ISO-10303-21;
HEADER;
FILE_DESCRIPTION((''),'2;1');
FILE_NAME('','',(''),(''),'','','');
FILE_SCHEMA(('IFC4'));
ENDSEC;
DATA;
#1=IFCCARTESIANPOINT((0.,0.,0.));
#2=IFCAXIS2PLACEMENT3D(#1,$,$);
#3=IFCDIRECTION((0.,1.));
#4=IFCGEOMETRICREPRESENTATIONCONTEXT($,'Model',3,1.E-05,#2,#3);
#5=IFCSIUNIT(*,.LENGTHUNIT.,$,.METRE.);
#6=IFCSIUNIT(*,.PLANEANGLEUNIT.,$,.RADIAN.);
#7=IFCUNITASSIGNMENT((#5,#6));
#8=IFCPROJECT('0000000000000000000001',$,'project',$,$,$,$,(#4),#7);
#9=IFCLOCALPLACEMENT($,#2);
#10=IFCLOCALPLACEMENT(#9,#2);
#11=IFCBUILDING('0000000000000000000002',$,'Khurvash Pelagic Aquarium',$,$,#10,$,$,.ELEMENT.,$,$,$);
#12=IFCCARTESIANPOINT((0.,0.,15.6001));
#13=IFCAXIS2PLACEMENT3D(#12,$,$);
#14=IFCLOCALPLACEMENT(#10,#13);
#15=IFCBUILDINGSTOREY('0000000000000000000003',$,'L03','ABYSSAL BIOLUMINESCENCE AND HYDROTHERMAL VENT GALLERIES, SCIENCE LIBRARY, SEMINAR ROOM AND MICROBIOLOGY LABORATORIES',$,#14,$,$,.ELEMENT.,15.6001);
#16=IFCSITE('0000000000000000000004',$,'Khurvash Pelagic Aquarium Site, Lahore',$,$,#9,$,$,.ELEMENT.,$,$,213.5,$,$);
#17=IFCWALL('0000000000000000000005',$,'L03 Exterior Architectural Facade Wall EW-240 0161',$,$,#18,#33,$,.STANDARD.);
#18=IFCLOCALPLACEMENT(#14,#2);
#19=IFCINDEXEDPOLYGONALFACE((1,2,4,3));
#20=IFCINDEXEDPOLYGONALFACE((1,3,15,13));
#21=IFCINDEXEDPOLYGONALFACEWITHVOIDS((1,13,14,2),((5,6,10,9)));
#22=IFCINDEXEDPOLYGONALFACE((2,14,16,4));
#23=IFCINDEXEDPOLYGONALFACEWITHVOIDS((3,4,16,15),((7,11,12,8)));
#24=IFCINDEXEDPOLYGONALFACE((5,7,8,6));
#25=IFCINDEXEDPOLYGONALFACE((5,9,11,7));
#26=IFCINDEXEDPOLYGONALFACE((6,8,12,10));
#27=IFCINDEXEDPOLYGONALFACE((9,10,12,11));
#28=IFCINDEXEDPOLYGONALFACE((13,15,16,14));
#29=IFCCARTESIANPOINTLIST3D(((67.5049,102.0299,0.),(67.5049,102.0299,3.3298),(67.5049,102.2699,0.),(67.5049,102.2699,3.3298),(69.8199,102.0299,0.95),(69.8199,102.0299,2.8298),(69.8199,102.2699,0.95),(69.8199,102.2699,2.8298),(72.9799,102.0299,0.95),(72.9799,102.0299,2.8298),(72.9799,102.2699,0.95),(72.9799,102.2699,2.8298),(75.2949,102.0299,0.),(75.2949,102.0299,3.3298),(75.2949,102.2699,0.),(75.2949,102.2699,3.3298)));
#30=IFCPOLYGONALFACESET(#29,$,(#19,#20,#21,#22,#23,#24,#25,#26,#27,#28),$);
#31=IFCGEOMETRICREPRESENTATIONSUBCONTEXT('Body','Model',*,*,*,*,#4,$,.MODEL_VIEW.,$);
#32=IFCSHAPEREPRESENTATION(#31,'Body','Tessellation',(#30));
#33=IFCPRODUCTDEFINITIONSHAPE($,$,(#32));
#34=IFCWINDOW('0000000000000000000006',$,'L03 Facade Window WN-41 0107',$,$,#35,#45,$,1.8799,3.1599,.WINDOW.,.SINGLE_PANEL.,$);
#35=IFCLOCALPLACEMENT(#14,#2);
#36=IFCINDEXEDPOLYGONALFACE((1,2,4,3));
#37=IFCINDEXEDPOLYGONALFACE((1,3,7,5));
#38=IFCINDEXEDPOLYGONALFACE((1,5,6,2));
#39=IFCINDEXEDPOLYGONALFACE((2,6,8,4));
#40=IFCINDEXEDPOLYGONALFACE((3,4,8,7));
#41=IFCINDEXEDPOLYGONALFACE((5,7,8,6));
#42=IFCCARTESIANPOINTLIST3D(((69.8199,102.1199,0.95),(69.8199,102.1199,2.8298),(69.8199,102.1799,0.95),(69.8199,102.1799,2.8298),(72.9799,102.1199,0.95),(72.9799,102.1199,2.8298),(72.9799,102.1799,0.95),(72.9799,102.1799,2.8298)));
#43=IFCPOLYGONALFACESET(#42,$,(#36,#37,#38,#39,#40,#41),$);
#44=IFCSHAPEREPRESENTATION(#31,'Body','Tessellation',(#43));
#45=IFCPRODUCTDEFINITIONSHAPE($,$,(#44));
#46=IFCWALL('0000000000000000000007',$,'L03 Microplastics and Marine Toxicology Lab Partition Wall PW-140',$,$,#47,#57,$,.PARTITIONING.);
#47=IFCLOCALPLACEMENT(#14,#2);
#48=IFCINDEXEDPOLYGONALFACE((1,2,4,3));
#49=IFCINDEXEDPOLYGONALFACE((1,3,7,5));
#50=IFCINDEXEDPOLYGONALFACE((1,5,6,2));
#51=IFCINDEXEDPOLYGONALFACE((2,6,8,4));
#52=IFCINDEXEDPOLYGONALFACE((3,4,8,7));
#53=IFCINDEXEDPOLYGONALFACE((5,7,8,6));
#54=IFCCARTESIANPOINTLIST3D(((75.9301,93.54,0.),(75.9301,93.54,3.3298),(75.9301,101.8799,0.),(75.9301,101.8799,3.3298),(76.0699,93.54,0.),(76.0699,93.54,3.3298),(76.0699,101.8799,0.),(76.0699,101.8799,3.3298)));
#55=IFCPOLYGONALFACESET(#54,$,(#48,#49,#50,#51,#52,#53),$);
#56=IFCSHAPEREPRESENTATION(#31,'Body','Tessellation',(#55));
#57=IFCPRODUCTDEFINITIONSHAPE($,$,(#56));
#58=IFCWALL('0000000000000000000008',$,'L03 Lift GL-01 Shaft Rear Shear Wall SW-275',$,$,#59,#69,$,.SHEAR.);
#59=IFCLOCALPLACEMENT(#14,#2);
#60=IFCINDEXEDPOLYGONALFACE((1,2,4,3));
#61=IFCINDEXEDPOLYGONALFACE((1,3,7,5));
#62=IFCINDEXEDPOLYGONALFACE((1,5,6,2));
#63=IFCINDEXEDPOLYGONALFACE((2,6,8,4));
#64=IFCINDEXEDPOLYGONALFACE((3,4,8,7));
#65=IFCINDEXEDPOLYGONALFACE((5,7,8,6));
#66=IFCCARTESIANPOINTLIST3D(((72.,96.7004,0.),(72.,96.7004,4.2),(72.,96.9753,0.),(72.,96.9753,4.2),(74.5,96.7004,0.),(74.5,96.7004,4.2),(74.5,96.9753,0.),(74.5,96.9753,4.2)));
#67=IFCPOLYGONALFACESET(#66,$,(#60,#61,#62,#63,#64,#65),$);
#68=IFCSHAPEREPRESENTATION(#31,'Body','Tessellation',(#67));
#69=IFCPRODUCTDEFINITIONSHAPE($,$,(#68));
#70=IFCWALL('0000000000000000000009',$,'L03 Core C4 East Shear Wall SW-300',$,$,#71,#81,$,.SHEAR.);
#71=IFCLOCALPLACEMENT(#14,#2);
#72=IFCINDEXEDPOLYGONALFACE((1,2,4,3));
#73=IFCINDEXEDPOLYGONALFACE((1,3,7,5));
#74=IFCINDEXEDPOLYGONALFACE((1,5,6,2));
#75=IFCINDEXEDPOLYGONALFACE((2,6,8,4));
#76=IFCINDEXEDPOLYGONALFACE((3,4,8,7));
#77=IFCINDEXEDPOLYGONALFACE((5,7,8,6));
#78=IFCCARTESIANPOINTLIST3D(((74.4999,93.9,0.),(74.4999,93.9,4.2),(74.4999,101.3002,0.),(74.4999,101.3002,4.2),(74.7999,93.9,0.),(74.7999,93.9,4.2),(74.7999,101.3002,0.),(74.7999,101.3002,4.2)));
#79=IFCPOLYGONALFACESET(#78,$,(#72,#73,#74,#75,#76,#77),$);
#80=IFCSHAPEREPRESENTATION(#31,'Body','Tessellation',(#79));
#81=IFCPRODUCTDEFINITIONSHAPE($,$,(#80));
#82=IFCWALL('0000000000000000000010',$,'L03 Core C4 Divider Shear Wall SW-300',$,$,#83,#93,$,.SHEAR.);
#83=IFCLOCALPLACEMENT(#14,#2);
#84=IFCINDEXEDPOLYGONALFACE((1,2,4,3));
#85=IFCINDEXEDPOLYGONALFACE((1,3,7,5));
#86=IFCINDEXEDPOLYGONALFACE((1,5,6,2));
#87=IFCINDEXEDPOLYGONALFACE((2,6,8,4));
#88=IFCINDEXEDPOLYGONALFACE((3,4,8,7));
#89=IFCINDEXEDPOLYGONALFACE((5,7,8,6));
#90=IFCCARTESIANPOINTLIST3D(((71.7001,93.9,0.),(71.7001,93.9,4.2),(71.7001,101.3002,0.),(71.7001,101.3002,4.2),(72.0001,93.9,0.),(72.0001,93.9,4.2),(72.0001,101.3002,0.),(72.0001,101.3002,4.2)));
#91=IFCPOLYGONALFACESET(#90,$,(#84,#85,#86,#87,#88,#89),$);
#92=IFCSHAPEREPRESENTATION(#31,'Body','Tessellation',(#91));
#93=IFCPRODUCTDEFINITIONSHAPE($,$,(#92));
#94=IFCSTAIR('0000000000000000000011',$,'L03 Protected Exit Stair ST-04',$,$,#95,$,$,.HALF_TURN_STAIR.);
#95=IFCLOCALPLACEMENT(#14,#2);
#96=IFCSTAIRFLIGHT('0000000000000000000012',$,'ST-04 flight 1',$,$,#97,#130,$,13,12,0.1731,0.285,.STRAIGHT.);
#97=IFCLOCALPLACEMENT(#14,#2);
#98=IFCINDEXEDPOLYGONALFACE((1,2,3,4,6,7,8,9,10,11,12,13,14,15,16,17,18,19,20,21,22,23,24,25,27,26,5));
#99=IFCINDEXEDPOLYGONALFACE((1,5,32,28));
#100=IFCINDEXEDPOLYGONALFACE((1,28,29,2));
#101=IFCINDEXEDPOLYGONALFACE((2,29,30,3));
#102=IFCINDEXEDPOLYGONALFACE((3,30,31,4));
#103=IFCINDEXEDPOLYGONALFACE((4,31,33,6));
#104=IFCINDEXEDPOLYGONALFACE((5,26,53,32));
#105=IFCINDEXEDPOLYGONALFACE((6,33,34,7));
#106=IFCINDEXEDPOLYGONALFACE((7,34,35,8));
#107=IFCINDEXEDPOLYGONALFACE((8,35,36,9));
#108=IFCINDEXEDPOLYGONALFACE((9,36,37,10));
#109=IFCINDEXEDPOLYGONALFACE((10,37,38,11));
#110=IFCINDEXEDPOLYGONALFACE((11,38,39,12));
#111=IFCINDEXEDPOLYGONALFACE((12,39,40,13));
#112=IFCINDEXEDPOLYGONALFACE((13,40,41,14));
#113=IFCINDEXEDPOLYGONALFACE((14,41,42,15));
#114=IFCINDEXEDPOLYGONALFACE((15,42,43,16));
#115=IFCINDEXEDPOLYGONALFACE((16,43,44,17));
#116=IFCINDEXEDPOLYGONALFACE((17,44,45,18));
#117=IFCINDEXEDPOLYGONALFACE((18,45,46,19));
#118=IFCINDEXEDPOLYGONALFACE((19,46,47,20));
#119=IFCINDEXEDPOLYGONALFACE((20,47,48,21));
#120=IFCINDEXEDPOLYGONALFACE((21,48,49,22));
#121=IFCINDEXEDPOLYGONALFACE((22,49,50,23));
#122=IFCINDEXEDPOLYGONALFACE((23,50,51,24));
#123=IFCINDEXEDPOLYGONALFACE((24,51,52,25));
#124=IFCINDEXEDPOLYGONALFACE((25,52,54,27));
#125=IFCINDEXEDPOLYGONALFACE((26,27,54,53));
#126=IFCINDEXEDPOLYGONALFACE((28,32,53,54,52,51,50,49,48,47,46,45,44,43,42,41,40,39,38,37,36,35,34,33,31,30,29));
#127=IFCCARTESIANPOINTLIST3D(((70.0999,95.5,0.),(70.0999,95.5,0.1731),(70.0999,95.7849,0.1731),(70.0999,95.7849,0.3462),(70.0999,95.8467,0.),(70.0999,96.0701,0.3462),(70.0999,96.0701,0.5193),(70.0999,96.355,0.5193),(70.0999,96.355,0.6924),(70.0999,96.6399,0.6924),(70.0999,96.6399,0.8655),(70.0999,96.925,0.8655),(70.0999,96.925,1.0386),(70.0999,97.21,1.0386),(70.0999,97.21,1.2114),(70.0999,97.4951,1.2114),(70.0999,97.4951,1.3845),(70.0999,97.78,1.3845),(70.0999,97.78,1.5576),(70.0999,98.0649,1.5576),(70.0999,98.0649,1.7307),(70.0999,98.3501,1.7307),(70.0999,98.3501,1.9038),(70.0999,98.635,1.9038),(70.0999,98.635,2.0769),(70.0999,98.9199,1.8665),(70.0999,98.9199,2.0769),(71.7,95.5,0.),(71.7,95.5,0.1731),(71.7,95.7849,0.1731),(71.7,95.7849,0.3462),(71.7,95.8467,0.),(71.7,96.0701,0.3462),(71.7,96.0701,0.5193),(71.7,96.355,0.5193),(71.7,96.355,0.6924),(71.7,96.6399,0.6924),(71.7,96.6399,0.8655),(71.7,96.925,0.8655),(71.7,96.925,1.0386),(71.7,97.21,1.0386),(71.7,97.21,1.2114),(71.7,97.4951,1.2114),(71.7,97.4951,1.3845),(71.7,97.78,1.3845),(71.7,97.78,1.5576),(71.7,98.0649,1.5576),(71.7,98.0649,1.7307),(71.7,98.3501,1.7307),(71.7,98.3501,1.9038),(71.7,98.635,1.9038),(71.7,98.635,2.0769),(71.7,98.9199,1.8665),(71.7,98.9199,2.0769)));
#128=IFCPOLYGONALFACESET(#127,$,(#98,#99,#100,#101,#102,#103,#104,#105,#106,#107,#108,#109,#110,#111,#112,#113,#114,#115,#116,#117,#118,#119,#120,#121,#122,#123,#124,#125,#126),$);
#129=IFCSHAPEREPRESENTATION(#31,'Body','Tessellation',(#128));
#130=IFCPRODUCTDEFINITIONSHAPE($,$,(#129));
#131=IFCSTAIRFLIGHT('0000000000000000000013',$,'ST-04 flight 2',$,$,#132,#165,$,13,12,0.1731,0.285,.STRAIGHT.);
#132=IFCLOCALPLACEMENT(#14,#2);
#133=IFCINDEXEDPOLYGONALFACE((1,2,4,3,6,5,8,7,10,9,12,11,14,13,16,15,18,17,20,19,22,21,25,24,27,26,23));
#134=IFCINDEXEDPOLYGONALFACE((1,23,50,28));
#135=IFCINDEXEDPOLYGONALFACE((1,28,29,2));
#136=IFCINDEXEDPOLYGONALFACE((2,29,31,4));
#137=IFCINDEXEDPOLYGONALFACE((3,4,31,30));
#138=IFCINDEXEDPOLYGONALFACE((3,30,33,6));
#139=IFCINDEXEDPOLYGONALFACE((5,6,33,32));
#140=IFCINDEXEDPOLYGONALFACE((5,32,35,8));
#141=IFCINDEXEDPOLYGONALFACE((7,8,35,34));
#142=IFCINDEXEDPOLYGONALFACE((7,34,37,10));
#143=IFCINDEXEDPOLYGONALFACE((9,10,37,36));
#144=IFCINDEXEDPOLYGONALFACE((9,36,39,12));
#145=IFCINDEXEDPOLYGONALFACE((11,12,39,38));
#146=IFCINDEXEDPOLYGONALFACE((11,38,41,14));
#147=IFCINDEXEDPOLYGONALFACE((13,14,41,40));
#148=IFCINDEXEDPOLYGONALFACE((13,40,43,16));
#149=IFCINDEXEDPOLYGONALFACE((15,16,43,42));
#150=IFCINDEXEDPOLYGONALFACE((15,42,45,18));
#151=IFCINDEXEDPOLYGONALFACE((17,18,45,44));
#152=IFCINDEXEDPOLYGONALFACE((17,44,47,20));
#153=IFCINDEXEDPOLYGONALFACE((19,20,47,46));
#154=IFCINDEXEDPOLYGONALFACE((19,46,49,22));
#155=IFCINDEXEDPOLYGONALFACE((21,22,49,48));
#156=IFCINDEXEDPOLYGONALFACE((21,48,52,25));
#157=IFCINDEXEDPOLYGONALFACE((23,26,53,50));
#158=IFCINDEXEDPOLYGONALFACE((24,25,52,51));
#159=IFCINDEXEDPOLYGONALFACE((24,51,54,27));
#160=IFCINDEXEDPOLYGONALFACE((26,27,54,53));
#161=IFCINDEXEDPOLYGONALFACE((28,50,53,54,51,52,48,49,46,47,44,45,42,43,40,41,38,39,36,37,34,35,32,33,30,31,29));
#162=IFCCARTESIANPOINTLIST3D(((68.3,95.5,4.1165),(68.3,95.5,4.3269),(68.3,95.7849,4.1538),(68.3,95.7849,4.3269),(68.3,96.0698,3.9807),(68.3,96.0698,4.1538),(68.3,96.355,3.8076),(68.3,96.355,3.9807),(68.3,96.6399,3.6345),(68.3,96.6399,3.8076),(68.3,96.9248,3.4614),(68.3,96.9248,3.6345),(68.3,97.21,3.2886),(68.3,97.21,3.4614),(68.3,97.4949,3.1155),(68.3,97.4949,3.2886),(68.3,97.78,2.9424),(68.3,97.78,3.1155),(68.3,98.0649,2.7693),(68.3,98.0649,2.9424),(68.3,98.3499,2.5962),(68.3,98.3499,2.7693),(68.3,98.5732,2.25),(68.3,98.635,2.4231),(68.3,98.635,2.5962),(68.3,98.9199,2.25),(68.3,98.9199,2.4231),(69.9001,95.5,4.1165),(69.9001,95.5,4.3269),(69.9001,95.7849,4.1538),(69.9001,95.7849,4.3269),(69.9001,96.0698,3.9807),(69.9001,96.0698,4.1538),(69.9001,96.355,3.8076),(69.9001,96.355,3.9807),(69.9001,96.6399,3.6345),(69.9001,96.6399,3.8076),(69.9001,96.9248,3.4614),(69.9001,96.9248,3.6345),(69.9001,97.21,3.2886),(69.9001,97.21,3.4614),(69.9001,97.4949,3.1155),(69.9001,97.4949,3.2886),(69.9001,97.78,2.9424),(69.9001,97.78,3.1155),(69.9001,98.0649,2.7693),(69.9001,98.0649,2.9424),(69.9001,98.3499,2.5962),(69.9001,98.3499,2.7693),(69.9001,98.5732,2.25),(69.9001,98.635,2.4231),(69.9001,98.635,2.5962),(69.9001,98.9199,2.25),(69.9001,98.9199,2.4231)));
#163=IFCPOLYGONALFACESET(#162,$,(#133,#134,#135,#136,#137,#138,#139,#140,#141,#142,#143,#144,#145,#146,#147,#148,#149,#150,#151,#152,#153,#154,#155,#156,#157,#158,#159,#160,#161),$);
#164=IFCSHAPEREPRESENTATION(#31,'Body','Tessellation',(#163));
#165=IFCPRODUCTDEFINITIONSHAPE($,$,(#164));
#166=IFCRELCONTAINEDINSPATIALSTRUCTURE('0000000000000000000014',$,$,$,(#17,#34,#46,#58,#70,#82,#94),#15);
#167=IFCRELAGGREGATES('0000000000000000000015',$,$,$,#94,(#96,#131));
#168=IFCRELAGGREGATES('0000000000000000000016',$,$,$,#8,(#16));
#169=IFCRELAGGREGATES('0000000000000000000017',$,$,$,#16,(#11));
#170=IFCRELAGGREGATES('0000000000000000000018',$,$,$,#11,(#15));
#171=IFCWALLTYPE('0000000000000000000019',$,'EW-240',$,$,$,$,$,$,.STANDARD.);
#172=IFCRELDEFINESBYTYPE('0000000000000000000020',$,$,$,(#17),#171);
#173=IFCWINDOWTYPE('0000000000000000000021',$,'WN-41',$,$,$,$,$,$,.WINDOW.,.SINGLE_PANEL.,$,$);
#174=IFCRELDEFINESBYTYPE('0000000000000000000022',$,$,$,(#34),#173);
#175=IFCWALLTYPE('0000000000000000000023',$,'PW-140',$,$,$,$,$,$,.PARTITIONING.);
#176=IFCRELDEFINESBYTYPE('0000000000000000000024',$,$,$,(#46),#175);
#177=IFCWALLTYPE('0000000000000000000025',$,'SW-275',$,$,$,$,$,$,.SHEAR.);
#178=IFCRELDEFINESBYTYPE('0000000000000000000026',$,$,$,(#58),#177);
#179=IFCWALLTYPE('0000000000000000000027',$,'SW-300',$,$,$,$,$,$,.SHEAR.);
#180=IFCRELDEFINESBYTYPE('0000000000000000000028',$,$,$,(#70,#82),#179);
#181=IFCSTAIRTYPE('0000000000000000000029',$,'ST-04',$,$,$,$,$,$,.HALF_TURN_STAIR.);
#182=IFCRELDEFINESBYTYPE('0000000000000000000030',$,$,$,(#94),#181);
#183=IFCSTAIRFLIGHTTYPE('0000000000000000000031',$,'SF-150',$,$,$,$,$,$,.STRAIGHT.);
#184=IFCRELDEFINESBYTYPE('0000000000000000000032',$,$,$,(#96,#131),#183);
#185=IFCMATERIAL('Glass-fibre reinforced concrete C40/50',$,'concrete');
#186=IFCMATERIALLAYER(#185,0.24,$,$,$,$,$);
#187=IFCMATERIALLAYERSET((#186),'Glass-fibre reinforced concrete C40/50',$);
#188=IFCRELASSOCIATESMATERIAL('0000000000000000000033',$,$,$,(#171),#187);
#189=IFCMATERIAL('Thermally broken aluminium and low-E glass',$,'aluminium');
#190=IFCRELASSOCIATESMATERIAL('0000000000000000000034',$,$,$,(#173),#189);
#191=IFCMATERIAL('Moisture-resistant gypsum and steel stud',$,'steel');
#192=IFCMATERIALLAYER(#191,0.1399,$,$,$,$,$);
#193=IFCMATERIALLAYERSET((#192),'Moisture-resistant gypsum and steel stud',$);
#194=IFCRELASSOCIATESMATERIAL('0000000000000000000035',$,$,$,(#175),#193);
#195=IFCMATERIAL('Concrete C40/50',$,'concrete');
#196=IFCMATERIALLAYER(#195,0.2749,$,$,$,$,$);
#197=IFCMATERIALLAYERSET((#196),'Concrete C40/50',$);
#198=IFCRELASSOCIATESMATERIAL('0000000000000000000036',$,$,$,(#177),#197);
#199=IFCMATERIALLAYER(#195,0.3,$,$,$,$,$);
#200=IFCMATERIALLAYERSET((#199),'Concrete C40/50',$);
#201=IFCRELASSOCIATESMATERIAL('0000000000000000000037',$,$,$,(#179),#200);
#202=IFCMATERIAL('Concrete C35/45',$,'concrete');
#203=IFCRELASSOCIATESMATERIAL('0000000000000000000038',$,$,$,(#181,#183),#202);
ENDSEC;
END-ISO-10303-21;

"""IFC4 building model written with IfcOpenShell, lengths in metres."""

from ifc_helpers import new_model, si_unit, direction, frame, frame_2d, origin, place, context, subcontext, project, spatial, polyline, rectangle, outline, extrude, material, layer, layer_set, type_object, element, fill, aggregate, save


model = new_model("IFC4")

# Units and contexts
model_context = context("Model", 3, precision=1e-05, world=origin(), true_north=direction((0.0, 1.0)))
body_context = subcontext(model_context, "Body", "Model", "MODEL_VIEW")
ifc_project = project(units=[si_unit("LENGTHUNIT", "METRE"), si_unit("PLANEANGLEUNIT", "RADIAN")], contexts=[model_context])

# Site, building, storey
site_placement = place(None, origin())
site = spatial("IfcSite", under=ifc_project, at=site_placement, Name="Khurvash Pelagic Aquarium Site, Lahore", CompositionType="ELEMENT", RefElevation=213.5)
building_placement = place(site_placement, origin())
building = spatial("IfcBuilding", under=site, at=building_placement, Name="Khurvash Pelagic Aquarium", CompositionType="ELEMENT")
storey_placement = place(building_placement, frame((0.0, 0.0, 15.6001)))
storey = spatial("IfcBuildingStorey", under=building, at=storey_placement, Name="L03", Description="ABYSSAL BIOLUMINESCENCE AND HYDROTHERMAL VENT GALLERIES, SCIENCE LIBRARY, SEMINAR ROOM AND MICROBIOLOGY LABORATORIES", CompositionType="ELEMENT", Elevation=15.6001)

# Shared definitions
ifc_material_1 = material(Name="Concrete C40/50", Category="concrete")

# Shared definitions
ifc_material_2 = material(Name="Concrete C35/45", Category="concrete")

# Shared definitions
ifc_material_3 = material(Name="Glass-fibre reinforced concrete C40/50", Category="concrete")
ifc_layer_1 = layer(ifc_material_3, 0.24)
ifc_layer_set_1 = layer_set([ifc_layer_1], Name="Glass-fibre reinforced concrete C40/50")
wall_type_1 = type_object("IfcWallType", Name="EW-240", PredefinedType="STANDARD", material=ifc_layer_set_1)

# Wall, opening, window
wall_1_placement = place(storey_placement, frame((75.2949, 102.1499, 0.0), z_axis=(0.0, 0.0, 1.0), x_axis=(-1.0, 0.0, 0.0)))
wall_1 = element("IfcWall", 1, at=wall_1_placement, inside=storey, type_object=wall_type_1, Name="L03 Exterior Architectural Facade Wall EW-240 0161", PredefinedType="STANDARD", context=body_context, shape_type="SweptSolid", body=[
    extrude(rectangle(XDim=7.79, YDim=0.24, at=frame_2d((3.895, 0.0))), origin(), (0.0, 0.0, 1.0), 3.3298),
])
opening_placement = place(wall_1_placement, frame((2.3149, 0.0, 0.95)))
opening = element("IfcOpeningElement", 2, at=opening_placement, cuts=wall_1, PredefinedType="OPENING", context=body_context, shape_type="SweptSolid", body=[
    extrude(rectangle(XDim=3.1599, YDim=1.8799, at=frame_2d((1.5801, 0.9399))), frame((0.0, 0.1299, 0.0), z_axis=(0.0, -1.0, 0.0), x_axis=(1.0, 0.0, 0.0)), (0.0, 0.0, 1.0), 0.26),
])
ifc_material_4 = material(Name="Thermally broken aluminium and low-E glass", Category="aluminium")
window_type = type_object("IfcWindowType", Name="WN-41", PartitioningType="SINGLE_PANEL", PredefinedType="WINDOW", material=ifc_material_4)
window_placement = place(opening_placement, origin())
window = element("IfcWindow", 3, at=window_placement, inside=storey, type_object=window_type, Name="L03 Facade Window WN-41 0107", OverallHeight=1.8799, OverallWidth=3.1599, PartitioningType="SINGLE_PANEL", PredefinedType="WINDOW", context=body_context, shape_type="SweptSolid", body=[
    extrude(rectangle(XDim=3.1599, YDim=1.8799, at=frame_2d((1.5801, 0.9399))), frame((0.0, 0.03, 0.0), z_axis=(0.0, -1.0, 0.0), x_axis=(1.0, 0.0, 0.0)), (0.0, 0.0, 1.0), 0.0601),
])
fill(opening, window)

# Walls
ifc_material_5 = material(Name="Moisture-resistant gypsum and steel stud", Category="steel")
ifc_layer_2 = layer(ifc_material_5, 0.1399)
ifc_layer_set_2 = layer_set([ifc_layer_2], Name="Moisture-resistant gypsum and steel stud")
wall_type_2 = type_object("IfcWallType", Name="PW-140", PredefinedType="PARTITIONING", material=ifc_layer_set_2)
wall_2_placement = place(storey_placement, frame((76.0, 93.54, 0.0), z_axis=(0.0, 0.0, 1.0), x_axis=(0.0, 1.0, 0.0)))
element("IfcWall", 4, at=wall_2_placement, inside=storey, type_object=wall_type_2, Name="L03 Microplastics and Marine Toxicology Lab Partition Wall PW-140", PredefinedType="PARTITIONING", context=body_context, shape_type="SweptSolid", body=[
    extrude(rectangle(XDim=8.3398, YDim=0.1399, at=frame_2d((4.1699, 0.0))), origin(), (0.0, 0.0, 1.0), 3.3298),
])
ifc_layer_3 = layer(ifc_material_1, 0.2749)
ifc_layer_set_3 = layer_set([ifc_layer_3], Name="Concrete C40/50")
wall_type_3 = type_object("IfcWallType", Name="SW-275", PredefinedType="SHEAR", material=ifc_layer_set_3)
wall_3_placement = place(storey_placement, frame((72.0, 96.8379, 0.0), z_axis=(0.0, 0.0, 1.0), x_axis=(1.0, 0.0, 0.0)))
element("IfcWall", 5, at=wall_3_placement, inside=storey, type_object=wall_type_3, Name="L03 Lift GL-01 Shaft Rear Shear Wall SW-275", PredefinedType="SHEAR", context=body_context, shape_type="SweptSolid", body=[
    extrude(rectangle(XDim=2.5, YDim=0.2749, at=frame_2d((1.25, 0.0))), origin(), (0.0, 0.0, 1.0), 4.2),
])
ifc_layer_4 = layer(ifc_material_1, 0.3)
ifc_layer_set_4 = layer_set([ifc_layer_4], Name="Concrete C40/50")
wall_type_4 = type_object("IfcWallType", Name="SW-300", PredefinedType="SHEAR", material=ifc_layer_set_4)
for number, where, z_axis, x_axis, name in (
    (6, (74.6499, 93.8999, 0.0), (0.0, 0.0, 1.0), (0.0, 1.0, 0.0), "L03 Core C4 East Shear Wall SW-300"),
    (7, (71.8501, 93.8999, 0.0), (0.0, 0.0, 1.0), (0.0, 1.0, 0.0), "L03 Core C4 Divider Shear Wall SW-300"),
):
    element("IfcWall", number, at=place(storey_placement, frame(where, z_axis=z_axis, x_axis=x_axis)), inside=storey, type_object=wall_type_4, Name=name, PredefinedType="SHEAR", context=body_context, shape_type="SweptSolid", body=[
        extrude(rectangle(XDim=7.4001, YDim=0.3, at=frame_2d((3.7002, 0.0))), origin(), (0.0, 0.0, 1.0), 4.2),
    ])

# Stair, stair flights
stair_type = type_object("IfcStairType", Name="ST-04", PredefinedType="HALF_TURN_STAIR", material=ifc_material_2)
stair_placement = place(storey_placement, origin())
stair = element("IfcStair", 8, at=stair_placement, inside=storey, type_object=stair_type, Name="L03 Protected Exit Stair ST-04", PredefinedType="HALF_TURN_STAIR")
stair_flight_type = type_object("IfcStairFlightType", Name="SF-150", PredefinedType="STRAIGHT", material=ifc_material_2)
stair_flight_1_placement = place(storey_placement, frame((70.8999, 95.5, 0.0), z_axis=(0.0, 0.0, 1.0), x_axis=(0.0, 1.0, 0.0)))
stair_flight_1 = element("IfcStairFlight", 9, at=stair_flight_1_placement, type_object=stair_flight_type, Name="ST-04 flight 1", NumberOfRisers=13, NumberOfTreads=12, PredefinedType="STRAIGHT", RiserHeight=0.1731, TreadLength=0.285, context=body_context, shape_type="SweptSolid", body=[
    extrude(outline(polyline([(0.0, 0.0), (0.0, 0.1731), (0.2849, 0.1731), (0.2849, 0.3462), (0.5701, 0.3462), (0.5701, 0.5193), (0.855, 0.5193), (0.855, 0.6924), (1.1399, 0.6924), (1.1399, 0.8655), (1.425, 0.8655), (1.425, 1.0386), (1.71, 1.0386), (1.71, 1.2114), (1.9951, 1.2114), (1.9951, 1.3845), (2.28, 1.3845), (2.28, 1.5576), (2.5649, 1.5576), (2.5649, 1.7307), (2.8501, 1.7307), (2.8501, 1.9038), (3.135, 1.9038), (3.135, 2.0769), (3.4199, 2.0769), (3.4199, 2.25), (3.4199, 1.8665), (0.3467, 0.0), (0.0, 0.0)])), frame((0.0, 0.8, 0.0), z_axis=(0.0, -1.0, 0.0), x_axis=(1.0, 0.0, 0.0)), (0.0, 0.0, 1.0), 1.6001),
])
stair_flight_2_placement = place(storey_placement, frame((69.1001, 98.9199, 2.25), z_axis=(0.0, 0.0, 1.0), x_axis=(0.0, -1.0, 0.0)))
stair_flight_2 = element("IfcStairFlight", 10, at=stair_flight_2_placement, type_object=stair_flight_type, Name="ST-04 flight 2", NumberOfRisers=13, NumberOfTreads=12, PredefinedType="STRAIGHT", RiserHeight=0.1731, TreadLength=0.285, context=body_context, shape_type="SweptSolid", body=[
    extrude(outline(polyline([(0.0, 0.0), (0.0, 0.1731), (0.2849, 0.1731), (0.2849, 0.3462), (0.5701, 0.3462), (0.5701, 0.5193), (0.855, 0.5193), (0.855, 0.6924), (1.1399, 0.6924), (1.1399, 0.8655), (1.425, 0.8655), (1.425, 1.0386), (1.71, 1.0386), (1.71, 1.2114), (1.9951, 1.2114), (1.9951, 1.3845), (2.28, 1.3845), (2.28, 1.5576), (2.5649, 1.5576), (2.5649, 1.7307), (2.8501, 1.7307), (2.8501, 1.9038), (3.135, 1.9038), (3.135, 2.0769), (3.4199, 2.0769), (3.4199, 2.25), (3.4199, 1.8665), (0.3467, 0.0), (0.0, 0.0)])), frame((0.0, 0.8, 0.0), z_axis=(0.0, -1.0, 0.0), x_axis=(1.0, 0.0, 0.0)), (0.0, 0.0, 1.0), 1.6001),
])
aggregate(stair, [stair_flight_1, stair_flight_2])

save(model, "model.ifc")
